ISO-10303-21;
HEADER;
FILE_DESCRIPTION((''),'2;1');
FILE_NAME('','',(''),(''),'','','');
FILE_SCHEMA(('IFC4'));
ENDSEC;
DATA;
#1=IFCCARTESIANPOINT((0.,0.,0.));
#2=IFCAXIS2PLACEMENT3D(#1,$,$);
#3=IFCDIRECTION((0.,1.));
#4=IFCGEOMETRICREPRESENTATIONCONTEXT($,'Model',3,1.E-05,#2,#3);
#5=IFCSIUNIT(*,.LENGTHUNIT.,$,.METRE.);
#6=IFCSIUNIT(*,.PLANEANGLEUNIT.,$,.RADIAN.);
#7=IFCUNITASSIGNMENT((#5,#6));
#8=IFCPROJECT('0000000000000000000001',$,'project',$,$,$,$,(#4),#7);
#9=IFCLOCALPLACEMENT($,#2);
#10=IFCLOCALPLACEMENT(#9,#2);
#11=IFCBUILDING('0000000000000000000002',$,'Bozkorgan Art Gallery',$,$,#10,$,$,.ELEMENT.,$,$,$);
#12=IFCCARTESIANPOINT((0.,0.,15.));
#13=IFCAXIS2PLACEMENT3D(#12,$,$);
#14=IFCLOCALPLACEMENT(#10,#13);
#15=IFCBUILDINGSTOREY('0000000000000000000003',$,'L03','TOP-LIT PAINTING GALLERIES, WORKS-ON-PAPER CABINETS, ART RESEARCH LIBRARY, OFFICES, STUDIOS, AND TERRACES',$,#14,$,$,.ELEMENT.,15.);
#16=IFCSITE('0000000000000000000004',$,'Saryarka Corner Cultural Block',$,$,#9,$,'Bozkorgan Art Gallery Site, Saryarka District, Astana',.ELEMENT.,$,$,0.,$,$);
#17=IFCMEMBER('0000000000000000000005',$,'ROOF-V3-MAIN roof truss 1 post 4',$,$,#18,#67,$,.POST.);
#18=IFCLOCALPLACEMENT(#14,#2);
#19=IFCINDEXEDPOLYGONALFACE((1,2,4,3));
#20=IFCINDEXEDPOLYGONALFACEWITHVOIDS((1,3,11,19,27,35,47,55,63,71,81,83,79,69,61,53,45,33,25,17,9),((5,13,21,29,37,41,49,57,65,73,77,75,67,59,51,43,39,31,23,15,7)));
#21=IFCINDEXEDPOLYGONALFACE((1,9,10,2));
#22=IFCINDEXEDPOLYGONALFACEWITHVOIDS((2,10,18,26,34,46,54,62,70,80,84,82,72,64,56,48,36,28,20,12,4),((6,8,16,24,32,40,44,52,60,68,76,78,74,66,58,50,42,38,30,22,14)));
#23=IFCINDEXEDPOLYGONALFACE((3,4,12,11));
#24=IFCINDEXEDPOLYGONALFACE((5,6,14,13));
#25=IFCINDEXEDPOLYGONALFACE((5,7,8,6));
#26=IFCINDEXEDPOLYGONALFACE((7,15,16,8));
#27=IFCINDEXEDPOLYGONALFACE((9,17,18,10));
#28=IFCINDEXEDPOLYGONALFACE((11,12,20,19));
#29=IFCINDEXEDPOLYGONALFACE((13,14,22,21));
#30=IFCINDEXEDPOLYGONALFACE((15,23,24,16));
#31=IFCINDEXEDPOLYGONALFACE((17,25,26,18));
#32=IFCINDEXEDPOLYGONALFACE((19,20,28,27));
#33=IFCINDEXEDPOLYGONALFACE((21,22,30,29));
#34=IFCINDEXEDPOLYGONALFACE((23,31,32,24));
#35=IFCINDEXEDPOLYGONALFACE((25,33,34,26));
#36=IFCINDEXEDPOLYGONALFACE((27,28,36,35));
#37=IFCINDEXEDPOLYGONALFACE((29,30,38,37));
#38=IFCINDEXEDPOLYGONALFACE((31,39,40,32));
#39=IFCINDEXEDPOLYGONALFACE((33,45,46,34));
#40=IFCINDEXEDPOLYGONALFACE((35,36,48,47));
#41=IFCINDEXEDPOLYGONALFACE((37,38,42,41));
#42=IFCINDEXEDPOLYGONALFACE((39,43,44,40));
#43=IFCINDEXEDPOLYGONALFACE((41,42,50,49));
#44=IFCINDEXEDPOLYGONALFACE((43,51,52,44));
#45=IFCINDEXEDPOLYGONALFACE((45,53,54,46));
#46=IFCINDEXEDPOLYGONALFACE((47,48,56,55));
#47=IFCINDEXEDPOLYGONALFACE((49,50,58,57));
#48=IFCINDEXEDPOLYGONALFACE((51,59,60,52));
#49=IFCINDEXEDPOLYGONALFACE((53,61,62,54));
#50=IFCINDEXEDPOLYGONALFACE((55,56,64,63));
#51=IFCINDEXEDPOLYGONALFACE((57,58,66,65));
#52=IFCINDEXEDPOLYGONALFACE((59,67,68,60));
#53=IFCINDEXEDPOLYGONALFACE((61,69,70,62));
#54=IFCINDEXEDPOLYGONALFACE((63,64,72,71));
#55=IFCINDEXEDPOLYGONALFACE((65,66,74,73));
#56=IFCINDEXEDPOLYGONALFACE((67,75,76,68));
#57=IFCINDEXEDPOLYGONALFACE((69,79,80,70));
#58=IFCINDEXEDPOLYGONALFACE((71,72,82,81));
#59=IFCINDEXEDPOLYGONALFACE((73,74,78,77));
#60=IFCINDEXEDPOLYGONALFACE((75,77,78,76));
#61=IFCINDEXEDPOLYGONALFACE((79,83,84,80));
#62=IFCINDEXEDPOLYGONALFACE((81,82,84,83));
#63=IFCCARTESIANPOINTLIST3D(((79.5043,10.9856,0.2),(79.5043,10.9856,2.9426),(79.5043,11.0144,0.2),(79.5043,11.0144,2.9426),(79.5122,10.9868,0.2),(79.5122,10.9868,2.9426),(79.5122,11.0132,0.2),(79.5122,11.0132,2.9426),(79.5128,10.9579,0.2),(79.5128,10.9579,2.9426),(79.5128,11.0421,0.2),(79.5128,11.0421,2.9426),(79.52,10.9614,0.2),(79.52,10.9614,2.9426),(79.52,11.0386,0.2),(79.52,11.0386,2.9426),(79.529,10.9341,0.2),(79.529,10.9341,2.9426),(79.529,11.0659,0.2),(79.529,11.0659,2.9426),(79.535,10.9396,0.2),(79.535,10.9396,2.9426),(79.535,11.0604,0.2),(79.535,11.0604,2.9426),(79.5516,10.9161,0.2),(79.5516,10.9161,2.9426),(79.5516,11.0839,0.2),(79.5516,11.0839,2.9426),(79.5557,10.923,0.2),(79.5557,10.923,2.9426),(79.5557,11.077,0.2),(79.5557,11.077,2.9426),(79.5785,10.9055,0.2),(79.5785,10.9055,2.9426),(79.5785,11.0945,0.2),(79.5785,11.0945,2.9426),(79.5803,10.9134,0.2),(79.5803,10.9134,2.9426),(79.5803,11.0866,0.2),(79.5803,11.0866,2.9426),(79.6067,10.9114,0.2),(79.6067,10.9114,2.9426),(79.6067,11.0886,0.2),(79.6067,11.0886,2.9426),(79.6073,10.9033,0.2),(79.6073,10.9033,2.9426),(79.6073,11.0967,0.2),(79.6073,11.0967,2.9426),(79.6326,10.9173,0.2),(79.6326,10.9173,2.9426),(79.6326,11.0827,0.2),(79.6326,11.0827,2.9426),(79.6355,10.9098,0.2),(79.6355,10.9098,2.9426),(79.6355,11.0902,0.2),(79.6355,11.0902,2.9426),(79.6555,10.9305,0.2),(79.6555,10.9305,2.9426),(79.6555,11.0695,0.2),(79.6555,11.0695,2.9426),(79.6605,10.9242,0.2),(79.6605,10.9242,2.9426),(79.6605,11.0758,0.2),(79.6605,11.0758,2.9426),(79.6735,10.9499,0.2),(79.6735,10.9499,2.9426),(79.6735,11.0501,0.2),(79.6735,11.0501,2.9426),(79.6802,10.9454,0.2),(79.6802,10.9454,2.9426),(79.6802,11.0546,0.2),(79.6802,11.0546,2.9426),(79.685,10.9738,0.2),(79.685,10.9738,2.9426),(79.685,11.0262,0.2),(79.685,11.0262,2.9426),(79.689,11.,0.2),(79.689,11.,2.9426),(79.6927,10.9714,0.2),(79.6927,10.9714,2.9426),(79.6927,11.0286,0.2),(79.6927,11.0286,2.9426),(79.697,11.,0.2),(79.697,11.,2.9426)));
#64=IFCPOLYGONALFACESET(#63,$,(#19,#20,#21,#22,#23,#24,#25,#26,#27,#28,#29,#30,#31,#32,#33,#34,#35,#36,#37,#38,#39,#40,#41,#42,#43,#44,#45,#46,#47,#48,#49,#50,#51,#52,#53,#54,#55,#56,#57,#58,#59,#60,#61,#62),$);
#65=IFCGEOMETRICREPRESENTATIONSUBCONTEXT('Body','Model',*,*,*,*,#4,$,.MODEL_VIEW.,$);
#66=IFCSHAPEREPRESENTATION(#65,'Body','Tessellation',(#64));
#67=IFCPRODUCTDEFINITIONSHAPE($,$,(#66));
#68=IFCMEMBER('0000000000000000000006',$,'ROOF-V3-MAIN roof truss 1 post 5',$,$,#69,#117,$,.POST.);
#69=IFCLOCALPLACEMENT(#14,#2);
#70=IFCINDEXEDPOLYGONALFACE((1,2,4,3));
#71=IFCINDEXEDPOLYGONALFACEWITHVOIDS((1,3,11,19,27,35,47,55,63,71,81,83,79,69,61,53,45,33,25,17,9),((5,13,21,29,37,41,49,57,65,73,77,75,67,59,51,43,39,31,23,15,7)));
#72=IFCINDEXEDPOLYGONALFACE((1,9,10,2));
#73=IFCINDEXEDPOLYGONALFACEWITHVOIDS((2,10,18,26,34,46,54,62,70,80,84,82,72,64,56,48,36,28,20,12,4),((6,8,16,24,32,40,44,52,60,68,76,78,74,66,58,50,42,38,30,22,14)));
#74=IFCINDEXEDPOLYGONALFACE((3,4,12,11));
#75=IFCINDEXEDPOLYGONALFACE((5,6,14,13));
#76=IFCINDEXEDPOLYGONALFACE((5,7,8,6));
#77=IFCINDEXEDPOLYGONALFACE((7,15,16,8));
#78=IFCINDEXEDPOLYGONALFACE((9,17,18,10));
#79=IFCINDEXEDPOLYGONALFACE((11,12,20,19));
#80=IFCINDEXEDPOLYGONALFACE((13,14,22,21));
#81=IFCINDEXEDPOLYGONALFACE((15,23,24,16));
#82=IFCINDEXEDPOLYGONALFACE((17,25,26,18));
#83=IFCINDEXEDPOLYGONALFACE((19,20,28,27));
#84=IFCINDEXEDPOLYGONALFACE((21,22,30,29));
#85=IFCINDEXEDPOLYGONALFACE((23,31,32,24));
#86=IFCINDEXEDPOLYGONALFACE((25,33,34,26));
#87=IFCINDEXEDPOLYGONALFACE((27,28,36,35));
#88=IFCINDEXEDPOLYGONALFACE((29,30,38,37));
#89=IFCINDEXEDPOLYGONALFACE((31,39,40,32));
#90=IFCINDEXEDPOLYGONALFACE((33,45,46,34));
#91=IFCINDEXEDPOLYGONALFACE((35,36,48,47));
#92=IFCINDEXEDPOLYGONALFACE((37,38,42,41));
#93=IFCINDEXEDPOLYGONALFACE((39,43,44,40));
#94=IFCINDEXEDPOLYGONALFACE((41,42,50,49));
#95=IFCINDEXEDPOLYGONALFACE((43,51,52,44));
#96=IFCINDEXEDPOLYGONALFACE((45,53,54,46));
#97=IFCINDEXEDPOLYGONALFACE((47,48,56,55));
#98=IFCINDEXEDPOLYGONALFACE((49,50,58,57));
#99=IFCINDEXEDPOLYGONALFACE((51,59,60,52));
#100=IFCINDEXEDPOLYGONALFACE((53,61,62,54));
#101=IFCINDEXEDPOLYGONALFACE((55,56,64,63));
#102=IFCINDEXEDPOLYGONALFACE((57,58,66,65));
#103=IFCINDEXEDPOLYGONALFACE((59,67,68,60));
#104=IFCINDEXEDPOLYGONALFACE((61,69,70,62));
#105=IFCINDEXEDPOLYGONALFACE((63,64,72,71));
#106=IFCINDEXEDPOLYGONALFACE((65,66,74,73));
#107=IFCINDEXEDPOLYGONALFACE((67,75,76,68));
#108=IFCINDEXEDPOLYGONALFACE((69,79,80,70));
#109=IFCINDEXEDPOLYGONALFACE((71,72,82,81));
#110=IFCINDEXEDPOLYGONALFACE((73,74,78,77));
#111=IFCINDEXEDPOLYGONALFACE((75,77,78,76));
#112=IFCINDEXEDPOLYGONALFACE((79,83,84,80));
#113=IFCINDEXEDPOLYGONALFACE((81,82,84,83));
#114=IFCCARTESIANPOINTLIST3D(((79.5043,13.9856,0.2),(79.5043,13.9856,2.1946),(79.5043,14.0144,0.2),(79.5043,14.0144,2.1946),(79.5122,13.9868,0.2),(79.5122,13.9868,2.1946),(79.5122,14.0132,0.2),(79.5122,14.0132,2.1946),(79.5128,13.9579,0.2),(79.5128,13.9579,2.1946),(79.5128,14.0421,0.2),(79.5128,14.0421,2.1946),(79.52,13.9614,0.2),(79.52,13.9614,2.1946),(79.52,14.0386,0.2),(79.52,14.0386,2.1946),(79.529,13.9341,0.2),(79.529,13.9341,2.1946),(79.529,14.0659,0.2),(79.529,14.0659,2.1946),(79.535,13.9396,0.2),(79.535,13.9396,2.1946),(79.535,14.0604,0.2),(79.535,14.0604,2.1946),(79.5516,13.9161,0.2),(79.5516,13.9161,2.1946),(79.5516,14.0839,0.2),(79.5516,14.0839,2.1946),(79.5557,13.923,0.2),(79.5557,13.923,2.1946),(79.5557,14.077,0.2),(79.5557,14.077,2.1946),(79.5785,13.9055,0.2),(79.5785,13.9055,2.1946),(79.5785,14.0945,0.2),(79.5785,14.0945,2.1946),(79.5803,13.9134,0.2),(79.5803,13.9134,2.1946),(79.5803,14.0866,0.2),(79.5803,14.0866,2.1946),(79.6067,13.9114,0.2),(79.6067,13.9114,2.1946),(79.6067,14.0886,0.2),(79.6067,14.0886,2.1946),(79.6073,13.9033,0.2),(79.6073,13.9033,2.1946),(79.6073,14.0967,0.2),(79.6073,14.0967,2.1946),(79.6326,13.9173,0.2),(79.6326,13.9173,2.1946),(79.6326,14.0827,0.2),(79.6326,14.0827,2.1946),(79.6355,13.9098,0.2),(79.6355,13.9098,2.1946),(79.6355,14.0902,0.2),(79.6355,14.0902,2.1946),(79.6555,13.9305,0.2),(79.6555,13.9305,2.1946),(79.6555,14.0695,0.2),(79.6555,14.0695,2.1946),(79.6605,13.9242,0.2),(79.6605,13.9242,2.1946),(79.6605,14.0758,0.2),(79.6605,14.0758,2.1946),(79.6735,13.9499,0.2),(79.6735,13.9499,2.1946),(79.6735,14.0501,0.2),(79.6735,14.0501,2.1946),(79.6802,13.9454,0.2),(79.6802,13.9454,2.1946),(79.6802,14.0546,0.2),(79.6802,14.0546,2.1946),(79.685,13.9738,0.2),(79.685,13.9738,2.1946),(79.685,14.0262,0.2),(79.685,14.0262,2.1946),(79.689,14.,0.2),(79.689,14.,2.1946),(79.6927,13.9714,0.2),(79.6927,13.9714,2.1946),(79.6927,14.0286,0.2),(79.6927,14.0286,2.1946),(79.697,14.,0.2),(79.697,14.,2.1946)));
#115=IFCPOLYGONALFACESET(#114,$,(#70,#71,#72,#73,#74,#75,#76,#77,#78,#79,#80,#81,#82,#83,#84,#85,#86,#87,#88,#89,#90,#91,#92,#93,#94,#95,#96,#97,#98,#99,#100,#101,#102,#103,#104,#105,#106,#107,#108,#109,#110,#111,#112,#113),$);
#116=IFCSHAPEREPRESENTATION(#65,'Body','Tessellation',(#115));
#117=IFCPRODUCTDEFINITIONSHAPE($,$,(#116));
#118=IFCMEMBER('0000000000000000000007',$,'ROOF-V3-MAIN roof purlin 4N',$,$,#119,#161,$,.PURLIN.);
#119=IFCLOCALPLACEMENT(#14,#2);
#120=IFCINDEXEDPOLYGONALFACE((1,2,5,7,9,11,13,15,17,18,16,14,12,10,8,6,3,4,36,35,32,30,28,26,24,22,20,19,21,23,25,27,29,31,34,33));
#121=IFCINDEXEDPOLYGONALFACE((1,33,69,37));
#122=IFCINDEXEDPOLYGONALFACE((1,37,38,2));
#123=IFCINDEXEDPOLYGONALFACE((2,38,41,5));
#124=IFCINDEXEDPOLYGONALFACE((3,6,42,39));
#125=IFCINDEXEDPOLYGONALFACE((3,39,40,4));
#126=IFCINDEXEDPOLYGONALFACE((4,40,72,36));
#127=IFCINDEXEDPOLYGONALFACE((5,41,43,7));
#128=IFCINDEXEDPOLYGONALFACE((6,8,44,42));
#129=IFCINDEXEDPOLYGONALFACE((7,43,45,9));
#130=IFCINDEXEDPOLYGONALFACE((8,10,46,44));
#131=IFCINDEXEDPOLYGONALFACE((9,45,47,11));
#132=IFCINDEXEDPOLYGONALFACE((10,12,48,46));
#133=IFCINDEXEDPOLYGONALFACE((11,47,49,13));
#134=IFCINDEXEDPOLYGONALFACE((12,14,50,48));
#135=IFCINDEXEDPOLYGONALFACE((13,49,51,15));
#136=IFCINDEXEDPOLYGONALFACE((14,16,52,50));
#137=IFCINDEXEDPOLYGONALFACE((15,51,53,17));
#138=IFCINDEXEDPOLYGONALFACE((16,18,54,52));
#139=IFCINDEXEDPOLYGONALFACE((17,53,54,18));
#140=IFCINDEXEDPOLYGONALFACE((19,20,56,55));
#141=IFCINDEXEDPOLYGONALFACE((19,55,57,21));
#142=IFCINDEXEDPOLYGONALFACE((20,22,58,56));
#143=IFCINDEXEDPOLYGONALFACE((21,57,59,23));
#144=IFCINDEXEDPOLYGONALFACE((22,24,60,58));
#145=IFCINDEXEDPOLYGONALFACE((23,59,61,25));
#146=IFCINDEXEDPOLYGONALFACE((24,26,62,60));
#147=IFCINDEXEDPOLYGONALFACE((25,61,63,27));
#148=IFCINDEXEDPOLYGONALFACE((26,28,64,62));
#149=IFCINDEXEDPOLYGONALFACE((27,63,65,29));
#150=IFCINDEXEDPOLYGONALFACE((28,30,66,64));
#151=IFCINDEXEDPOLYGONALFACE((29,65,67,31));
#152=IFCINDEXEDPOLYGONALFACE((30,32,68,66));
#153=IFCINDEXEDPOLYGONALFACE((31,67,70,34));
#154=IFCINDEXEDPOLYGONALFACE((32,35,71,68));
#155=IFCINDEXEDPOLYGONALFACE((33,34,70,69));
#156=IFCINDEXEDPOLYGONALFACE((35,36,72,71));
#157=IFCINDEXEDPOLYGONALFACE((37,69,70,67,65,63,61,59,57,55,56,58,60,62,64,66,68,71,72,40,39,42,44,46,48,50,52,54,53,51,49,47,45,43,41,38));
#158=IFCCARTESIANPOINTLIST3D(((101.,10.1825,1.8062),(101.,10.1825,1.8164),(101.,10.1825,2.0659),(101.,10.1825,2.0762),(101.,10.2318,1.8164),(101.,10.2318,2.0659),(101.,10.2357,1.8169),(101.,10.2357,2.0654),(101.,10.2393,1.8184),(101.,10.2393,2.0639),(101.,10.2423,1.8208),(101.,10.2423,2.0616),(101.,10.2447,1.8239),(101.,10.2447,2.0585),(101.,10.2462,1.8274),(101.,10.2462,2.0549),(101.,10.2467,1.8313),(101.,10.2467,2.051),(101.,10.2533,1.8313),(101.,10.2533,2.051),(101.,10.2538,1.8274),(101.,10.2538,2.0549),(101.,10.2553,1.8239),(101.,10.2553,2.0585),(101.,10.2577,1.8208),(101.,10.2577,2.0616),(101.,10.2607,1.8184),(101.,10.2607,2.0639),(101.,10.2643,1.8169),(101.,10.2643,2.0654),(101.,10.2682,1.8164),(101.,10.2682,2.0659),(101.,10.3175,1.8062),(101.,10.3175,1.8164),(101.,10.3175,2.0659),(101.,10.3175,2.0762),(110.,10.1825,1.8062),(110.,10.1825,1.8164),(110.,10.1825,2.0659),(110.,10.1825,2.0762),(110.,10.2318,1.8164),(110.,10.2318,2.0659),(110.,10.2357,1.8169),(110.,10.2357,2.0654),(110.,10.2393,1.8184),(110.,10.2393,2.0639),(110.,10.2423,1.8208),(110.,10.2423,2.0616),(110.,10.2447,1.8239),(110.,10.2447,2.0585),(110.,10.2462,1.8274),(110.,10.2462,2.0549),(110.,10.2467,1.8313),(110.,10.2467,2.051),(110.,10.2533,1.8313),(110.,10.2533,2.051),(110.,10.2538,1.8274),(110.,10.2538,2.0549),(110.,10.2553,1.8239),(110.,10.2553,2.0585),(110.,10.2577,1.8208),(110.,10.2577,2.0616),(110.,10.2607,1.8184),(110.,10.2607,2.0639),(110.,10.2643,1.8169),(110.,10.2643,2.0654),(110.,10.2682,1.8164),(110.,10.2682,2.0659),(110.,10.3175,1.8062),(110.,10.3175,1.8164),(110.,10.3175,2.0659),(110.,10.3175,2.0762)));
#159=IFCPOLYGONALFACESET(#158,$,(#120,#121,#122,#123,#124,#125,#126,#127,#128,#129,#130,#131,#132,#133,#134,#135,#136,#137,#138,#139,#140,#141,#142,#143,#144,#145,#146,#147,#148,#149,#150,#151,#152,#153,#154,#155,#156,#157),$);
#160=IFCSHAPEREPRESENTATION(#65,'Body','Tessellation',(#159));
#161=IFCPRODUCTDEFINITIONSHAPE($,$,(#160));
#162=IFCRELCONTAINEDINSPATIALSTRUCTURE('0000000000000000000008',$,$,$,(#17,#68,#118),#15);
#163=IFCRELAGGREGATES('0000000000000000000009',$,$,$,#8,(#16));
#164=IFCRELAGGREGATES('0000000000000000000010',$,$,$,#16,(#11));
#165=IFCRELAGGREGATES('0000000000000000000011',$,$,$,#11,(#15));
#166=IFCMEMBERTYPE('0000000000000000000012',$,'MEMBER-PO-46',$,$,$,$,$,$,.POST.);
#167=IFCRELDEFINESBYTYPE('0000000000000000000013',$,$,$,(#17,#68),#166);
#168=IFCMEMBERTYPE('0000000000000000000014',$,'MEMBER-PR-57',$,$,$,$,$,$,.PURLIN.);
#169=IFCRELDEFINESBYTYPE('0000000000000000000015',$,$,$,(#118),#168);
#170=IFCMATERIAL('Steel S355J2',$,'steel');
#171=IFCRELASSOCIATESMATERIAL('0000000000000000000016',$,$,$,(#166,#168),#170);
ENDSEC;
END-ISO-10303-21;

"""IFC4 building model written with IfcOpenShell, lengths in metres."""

from ifc_helpers import new_model, si_unit, direction, frame, origin, origin_2d, place, context, subcontext, project, spatial, hollow_circle, i_section, extrude, material, material_profile, profile_set, type_object, element, save


model = new_model("IFC4")

# Units and contexts
model_context = context("Model", 3, precision=1e-05, world=origin(), true_north=direction((0.0, 1.0)))
body_context = subcontext(model_context, "Body", "Model", "MODEL_VIEW")
ifc_project = project(units=[si_unit("LENGTHUNIT", "METRE"), si_unit("PLANEANGLEUNIT", "RADIAN")], contexts=[model_context])

# Site, building, storey
site_placement = place(None, origin())
site = spatial("IfcSite", under=ifc_project, at=site_placement, Name="Saryarka Corner Cultural Block", LongName="Bozkorgan Art Gallery Site, Saryarka District, Astana", CompositionType="ELEMENT", RefElevation=0.0)
building_placement = place(site_placement, origin())
building = spatial("IfcBuilding", under=site, at=building_placement, Name="Bozkorgan Art Gallery", CompositionType="ELEMENT")
storey_placement = place(building_placement, frame((0.0, 0.0, 15.0)))
storey = spatial("IfcBuildingStorey", under=building, at=storey_placement, Name="L03", Description="TOP-LIT PAINTING GALLERIES, WORKS-ON-PAPER CABINETS, ART RESEARCH LIBRARY, OFFICES, STUDIOS, AND TERRACES", CompositionType="ELEMENT", Elevation=15.0)

# Shared definitions
ifc_material = material(Name="Steel S355J2", Category="steel")

# Members
ifc_material_profile_1 = material_profile(ifc_material, hollow_circle(Radius=0.0969, WallThickness=0.0081, at=origin_2d()), Name="CHS 193.7x8")
ifc_profile_set_1 = profile_set([ifc_material_profile_1], Name="Steel S355J2")
member_type_1 = type_object("IfcMemberType", Name="MEMBER-PO-46", PredefinedType="POST", material=ifc_profile_set_1)
member_1_placement = place(storey_placement, frame((79.6001, 11.0, 0.2), z_axis=(0.0, 0.0, 1.0), x_axis=(1.0, 0.0, 0.0)))
element("IfcMember", 1, at=member_1_placement, inside=storey, type_object=member_type_1, Name="ROOF-V3-MAIN roof truss 1 post 4", PredefinedType="POST", context=body_context, shape_type="SweptSolid", body=[
    extrude(hollow_circle(Radius=0.0969, WallThickness=0.0081, at=origin_2d()), origin(), (0.0, 0.0, 1.0), 2.7427),
])
member_2_placement = place(storey_placement, frame((79.6001, 14.0, 0.2), z_axis=(0.0, 0.0, 1.0), x_axis=(1.0, 0.0, 0.0)))
element("IfcMember", 2, at=member_2_placement, inside=storey, type_object=member_type_1, Name="ROOF-V3-MAIN roof truss 1 post 5", PredefinedType="POST", context=body_context, shape_type="SweptSolid", body=[
    extrude(hollow_circle(Radius=0.0969, WallThickness=0.0081, at=origin_2d()), origin(), (0.0, 0.0, 1.0), 1.9946),
])
ifc_material_profile_2 = material_profile(ifc_material, i_section(OverallWidth=0.135, OverallDepth=0.27, WebThickness=0.0066, FlangeThickness=0.0103, FilletRadius=0.0149, at=origin_2d()), Name="IPE 270")
ifc_profile_set_2 = profile_set([ifc_material_profile_2], Name="Steel S355J2")
member_type_2 = type_object("IfcMemberType", Name="MEMBER-PR-57", PredefinedType="PURLIN", material=ifc_profile_set_2)
member_3_placement = place(storey_placement, frame((101.0, 10.25, 1.9412), z_axis=(1.0, 0.0, 0.0), x_axis=(0.0, 1.0, 0.0)))
element("IfcMember", 3, at=member_3_placement, inside=storey, type_object=member_type_2, Name="ROOF-V3-MAIN roof purlin 4N", PredefinedType="PURLIN", context=body_context, shape_type="SweptSolid", body=[
    extrude(i_section(OverallWidth=0.135, OverallDepth=0.27, WebThickness=0.0066, FlangeThickness=0.0103, FilletRadius=0.0149, at=origin_2d()), origin(), (0.0, 0.0, 1.0), 9.0),
])

save(model, "model.ifc")
